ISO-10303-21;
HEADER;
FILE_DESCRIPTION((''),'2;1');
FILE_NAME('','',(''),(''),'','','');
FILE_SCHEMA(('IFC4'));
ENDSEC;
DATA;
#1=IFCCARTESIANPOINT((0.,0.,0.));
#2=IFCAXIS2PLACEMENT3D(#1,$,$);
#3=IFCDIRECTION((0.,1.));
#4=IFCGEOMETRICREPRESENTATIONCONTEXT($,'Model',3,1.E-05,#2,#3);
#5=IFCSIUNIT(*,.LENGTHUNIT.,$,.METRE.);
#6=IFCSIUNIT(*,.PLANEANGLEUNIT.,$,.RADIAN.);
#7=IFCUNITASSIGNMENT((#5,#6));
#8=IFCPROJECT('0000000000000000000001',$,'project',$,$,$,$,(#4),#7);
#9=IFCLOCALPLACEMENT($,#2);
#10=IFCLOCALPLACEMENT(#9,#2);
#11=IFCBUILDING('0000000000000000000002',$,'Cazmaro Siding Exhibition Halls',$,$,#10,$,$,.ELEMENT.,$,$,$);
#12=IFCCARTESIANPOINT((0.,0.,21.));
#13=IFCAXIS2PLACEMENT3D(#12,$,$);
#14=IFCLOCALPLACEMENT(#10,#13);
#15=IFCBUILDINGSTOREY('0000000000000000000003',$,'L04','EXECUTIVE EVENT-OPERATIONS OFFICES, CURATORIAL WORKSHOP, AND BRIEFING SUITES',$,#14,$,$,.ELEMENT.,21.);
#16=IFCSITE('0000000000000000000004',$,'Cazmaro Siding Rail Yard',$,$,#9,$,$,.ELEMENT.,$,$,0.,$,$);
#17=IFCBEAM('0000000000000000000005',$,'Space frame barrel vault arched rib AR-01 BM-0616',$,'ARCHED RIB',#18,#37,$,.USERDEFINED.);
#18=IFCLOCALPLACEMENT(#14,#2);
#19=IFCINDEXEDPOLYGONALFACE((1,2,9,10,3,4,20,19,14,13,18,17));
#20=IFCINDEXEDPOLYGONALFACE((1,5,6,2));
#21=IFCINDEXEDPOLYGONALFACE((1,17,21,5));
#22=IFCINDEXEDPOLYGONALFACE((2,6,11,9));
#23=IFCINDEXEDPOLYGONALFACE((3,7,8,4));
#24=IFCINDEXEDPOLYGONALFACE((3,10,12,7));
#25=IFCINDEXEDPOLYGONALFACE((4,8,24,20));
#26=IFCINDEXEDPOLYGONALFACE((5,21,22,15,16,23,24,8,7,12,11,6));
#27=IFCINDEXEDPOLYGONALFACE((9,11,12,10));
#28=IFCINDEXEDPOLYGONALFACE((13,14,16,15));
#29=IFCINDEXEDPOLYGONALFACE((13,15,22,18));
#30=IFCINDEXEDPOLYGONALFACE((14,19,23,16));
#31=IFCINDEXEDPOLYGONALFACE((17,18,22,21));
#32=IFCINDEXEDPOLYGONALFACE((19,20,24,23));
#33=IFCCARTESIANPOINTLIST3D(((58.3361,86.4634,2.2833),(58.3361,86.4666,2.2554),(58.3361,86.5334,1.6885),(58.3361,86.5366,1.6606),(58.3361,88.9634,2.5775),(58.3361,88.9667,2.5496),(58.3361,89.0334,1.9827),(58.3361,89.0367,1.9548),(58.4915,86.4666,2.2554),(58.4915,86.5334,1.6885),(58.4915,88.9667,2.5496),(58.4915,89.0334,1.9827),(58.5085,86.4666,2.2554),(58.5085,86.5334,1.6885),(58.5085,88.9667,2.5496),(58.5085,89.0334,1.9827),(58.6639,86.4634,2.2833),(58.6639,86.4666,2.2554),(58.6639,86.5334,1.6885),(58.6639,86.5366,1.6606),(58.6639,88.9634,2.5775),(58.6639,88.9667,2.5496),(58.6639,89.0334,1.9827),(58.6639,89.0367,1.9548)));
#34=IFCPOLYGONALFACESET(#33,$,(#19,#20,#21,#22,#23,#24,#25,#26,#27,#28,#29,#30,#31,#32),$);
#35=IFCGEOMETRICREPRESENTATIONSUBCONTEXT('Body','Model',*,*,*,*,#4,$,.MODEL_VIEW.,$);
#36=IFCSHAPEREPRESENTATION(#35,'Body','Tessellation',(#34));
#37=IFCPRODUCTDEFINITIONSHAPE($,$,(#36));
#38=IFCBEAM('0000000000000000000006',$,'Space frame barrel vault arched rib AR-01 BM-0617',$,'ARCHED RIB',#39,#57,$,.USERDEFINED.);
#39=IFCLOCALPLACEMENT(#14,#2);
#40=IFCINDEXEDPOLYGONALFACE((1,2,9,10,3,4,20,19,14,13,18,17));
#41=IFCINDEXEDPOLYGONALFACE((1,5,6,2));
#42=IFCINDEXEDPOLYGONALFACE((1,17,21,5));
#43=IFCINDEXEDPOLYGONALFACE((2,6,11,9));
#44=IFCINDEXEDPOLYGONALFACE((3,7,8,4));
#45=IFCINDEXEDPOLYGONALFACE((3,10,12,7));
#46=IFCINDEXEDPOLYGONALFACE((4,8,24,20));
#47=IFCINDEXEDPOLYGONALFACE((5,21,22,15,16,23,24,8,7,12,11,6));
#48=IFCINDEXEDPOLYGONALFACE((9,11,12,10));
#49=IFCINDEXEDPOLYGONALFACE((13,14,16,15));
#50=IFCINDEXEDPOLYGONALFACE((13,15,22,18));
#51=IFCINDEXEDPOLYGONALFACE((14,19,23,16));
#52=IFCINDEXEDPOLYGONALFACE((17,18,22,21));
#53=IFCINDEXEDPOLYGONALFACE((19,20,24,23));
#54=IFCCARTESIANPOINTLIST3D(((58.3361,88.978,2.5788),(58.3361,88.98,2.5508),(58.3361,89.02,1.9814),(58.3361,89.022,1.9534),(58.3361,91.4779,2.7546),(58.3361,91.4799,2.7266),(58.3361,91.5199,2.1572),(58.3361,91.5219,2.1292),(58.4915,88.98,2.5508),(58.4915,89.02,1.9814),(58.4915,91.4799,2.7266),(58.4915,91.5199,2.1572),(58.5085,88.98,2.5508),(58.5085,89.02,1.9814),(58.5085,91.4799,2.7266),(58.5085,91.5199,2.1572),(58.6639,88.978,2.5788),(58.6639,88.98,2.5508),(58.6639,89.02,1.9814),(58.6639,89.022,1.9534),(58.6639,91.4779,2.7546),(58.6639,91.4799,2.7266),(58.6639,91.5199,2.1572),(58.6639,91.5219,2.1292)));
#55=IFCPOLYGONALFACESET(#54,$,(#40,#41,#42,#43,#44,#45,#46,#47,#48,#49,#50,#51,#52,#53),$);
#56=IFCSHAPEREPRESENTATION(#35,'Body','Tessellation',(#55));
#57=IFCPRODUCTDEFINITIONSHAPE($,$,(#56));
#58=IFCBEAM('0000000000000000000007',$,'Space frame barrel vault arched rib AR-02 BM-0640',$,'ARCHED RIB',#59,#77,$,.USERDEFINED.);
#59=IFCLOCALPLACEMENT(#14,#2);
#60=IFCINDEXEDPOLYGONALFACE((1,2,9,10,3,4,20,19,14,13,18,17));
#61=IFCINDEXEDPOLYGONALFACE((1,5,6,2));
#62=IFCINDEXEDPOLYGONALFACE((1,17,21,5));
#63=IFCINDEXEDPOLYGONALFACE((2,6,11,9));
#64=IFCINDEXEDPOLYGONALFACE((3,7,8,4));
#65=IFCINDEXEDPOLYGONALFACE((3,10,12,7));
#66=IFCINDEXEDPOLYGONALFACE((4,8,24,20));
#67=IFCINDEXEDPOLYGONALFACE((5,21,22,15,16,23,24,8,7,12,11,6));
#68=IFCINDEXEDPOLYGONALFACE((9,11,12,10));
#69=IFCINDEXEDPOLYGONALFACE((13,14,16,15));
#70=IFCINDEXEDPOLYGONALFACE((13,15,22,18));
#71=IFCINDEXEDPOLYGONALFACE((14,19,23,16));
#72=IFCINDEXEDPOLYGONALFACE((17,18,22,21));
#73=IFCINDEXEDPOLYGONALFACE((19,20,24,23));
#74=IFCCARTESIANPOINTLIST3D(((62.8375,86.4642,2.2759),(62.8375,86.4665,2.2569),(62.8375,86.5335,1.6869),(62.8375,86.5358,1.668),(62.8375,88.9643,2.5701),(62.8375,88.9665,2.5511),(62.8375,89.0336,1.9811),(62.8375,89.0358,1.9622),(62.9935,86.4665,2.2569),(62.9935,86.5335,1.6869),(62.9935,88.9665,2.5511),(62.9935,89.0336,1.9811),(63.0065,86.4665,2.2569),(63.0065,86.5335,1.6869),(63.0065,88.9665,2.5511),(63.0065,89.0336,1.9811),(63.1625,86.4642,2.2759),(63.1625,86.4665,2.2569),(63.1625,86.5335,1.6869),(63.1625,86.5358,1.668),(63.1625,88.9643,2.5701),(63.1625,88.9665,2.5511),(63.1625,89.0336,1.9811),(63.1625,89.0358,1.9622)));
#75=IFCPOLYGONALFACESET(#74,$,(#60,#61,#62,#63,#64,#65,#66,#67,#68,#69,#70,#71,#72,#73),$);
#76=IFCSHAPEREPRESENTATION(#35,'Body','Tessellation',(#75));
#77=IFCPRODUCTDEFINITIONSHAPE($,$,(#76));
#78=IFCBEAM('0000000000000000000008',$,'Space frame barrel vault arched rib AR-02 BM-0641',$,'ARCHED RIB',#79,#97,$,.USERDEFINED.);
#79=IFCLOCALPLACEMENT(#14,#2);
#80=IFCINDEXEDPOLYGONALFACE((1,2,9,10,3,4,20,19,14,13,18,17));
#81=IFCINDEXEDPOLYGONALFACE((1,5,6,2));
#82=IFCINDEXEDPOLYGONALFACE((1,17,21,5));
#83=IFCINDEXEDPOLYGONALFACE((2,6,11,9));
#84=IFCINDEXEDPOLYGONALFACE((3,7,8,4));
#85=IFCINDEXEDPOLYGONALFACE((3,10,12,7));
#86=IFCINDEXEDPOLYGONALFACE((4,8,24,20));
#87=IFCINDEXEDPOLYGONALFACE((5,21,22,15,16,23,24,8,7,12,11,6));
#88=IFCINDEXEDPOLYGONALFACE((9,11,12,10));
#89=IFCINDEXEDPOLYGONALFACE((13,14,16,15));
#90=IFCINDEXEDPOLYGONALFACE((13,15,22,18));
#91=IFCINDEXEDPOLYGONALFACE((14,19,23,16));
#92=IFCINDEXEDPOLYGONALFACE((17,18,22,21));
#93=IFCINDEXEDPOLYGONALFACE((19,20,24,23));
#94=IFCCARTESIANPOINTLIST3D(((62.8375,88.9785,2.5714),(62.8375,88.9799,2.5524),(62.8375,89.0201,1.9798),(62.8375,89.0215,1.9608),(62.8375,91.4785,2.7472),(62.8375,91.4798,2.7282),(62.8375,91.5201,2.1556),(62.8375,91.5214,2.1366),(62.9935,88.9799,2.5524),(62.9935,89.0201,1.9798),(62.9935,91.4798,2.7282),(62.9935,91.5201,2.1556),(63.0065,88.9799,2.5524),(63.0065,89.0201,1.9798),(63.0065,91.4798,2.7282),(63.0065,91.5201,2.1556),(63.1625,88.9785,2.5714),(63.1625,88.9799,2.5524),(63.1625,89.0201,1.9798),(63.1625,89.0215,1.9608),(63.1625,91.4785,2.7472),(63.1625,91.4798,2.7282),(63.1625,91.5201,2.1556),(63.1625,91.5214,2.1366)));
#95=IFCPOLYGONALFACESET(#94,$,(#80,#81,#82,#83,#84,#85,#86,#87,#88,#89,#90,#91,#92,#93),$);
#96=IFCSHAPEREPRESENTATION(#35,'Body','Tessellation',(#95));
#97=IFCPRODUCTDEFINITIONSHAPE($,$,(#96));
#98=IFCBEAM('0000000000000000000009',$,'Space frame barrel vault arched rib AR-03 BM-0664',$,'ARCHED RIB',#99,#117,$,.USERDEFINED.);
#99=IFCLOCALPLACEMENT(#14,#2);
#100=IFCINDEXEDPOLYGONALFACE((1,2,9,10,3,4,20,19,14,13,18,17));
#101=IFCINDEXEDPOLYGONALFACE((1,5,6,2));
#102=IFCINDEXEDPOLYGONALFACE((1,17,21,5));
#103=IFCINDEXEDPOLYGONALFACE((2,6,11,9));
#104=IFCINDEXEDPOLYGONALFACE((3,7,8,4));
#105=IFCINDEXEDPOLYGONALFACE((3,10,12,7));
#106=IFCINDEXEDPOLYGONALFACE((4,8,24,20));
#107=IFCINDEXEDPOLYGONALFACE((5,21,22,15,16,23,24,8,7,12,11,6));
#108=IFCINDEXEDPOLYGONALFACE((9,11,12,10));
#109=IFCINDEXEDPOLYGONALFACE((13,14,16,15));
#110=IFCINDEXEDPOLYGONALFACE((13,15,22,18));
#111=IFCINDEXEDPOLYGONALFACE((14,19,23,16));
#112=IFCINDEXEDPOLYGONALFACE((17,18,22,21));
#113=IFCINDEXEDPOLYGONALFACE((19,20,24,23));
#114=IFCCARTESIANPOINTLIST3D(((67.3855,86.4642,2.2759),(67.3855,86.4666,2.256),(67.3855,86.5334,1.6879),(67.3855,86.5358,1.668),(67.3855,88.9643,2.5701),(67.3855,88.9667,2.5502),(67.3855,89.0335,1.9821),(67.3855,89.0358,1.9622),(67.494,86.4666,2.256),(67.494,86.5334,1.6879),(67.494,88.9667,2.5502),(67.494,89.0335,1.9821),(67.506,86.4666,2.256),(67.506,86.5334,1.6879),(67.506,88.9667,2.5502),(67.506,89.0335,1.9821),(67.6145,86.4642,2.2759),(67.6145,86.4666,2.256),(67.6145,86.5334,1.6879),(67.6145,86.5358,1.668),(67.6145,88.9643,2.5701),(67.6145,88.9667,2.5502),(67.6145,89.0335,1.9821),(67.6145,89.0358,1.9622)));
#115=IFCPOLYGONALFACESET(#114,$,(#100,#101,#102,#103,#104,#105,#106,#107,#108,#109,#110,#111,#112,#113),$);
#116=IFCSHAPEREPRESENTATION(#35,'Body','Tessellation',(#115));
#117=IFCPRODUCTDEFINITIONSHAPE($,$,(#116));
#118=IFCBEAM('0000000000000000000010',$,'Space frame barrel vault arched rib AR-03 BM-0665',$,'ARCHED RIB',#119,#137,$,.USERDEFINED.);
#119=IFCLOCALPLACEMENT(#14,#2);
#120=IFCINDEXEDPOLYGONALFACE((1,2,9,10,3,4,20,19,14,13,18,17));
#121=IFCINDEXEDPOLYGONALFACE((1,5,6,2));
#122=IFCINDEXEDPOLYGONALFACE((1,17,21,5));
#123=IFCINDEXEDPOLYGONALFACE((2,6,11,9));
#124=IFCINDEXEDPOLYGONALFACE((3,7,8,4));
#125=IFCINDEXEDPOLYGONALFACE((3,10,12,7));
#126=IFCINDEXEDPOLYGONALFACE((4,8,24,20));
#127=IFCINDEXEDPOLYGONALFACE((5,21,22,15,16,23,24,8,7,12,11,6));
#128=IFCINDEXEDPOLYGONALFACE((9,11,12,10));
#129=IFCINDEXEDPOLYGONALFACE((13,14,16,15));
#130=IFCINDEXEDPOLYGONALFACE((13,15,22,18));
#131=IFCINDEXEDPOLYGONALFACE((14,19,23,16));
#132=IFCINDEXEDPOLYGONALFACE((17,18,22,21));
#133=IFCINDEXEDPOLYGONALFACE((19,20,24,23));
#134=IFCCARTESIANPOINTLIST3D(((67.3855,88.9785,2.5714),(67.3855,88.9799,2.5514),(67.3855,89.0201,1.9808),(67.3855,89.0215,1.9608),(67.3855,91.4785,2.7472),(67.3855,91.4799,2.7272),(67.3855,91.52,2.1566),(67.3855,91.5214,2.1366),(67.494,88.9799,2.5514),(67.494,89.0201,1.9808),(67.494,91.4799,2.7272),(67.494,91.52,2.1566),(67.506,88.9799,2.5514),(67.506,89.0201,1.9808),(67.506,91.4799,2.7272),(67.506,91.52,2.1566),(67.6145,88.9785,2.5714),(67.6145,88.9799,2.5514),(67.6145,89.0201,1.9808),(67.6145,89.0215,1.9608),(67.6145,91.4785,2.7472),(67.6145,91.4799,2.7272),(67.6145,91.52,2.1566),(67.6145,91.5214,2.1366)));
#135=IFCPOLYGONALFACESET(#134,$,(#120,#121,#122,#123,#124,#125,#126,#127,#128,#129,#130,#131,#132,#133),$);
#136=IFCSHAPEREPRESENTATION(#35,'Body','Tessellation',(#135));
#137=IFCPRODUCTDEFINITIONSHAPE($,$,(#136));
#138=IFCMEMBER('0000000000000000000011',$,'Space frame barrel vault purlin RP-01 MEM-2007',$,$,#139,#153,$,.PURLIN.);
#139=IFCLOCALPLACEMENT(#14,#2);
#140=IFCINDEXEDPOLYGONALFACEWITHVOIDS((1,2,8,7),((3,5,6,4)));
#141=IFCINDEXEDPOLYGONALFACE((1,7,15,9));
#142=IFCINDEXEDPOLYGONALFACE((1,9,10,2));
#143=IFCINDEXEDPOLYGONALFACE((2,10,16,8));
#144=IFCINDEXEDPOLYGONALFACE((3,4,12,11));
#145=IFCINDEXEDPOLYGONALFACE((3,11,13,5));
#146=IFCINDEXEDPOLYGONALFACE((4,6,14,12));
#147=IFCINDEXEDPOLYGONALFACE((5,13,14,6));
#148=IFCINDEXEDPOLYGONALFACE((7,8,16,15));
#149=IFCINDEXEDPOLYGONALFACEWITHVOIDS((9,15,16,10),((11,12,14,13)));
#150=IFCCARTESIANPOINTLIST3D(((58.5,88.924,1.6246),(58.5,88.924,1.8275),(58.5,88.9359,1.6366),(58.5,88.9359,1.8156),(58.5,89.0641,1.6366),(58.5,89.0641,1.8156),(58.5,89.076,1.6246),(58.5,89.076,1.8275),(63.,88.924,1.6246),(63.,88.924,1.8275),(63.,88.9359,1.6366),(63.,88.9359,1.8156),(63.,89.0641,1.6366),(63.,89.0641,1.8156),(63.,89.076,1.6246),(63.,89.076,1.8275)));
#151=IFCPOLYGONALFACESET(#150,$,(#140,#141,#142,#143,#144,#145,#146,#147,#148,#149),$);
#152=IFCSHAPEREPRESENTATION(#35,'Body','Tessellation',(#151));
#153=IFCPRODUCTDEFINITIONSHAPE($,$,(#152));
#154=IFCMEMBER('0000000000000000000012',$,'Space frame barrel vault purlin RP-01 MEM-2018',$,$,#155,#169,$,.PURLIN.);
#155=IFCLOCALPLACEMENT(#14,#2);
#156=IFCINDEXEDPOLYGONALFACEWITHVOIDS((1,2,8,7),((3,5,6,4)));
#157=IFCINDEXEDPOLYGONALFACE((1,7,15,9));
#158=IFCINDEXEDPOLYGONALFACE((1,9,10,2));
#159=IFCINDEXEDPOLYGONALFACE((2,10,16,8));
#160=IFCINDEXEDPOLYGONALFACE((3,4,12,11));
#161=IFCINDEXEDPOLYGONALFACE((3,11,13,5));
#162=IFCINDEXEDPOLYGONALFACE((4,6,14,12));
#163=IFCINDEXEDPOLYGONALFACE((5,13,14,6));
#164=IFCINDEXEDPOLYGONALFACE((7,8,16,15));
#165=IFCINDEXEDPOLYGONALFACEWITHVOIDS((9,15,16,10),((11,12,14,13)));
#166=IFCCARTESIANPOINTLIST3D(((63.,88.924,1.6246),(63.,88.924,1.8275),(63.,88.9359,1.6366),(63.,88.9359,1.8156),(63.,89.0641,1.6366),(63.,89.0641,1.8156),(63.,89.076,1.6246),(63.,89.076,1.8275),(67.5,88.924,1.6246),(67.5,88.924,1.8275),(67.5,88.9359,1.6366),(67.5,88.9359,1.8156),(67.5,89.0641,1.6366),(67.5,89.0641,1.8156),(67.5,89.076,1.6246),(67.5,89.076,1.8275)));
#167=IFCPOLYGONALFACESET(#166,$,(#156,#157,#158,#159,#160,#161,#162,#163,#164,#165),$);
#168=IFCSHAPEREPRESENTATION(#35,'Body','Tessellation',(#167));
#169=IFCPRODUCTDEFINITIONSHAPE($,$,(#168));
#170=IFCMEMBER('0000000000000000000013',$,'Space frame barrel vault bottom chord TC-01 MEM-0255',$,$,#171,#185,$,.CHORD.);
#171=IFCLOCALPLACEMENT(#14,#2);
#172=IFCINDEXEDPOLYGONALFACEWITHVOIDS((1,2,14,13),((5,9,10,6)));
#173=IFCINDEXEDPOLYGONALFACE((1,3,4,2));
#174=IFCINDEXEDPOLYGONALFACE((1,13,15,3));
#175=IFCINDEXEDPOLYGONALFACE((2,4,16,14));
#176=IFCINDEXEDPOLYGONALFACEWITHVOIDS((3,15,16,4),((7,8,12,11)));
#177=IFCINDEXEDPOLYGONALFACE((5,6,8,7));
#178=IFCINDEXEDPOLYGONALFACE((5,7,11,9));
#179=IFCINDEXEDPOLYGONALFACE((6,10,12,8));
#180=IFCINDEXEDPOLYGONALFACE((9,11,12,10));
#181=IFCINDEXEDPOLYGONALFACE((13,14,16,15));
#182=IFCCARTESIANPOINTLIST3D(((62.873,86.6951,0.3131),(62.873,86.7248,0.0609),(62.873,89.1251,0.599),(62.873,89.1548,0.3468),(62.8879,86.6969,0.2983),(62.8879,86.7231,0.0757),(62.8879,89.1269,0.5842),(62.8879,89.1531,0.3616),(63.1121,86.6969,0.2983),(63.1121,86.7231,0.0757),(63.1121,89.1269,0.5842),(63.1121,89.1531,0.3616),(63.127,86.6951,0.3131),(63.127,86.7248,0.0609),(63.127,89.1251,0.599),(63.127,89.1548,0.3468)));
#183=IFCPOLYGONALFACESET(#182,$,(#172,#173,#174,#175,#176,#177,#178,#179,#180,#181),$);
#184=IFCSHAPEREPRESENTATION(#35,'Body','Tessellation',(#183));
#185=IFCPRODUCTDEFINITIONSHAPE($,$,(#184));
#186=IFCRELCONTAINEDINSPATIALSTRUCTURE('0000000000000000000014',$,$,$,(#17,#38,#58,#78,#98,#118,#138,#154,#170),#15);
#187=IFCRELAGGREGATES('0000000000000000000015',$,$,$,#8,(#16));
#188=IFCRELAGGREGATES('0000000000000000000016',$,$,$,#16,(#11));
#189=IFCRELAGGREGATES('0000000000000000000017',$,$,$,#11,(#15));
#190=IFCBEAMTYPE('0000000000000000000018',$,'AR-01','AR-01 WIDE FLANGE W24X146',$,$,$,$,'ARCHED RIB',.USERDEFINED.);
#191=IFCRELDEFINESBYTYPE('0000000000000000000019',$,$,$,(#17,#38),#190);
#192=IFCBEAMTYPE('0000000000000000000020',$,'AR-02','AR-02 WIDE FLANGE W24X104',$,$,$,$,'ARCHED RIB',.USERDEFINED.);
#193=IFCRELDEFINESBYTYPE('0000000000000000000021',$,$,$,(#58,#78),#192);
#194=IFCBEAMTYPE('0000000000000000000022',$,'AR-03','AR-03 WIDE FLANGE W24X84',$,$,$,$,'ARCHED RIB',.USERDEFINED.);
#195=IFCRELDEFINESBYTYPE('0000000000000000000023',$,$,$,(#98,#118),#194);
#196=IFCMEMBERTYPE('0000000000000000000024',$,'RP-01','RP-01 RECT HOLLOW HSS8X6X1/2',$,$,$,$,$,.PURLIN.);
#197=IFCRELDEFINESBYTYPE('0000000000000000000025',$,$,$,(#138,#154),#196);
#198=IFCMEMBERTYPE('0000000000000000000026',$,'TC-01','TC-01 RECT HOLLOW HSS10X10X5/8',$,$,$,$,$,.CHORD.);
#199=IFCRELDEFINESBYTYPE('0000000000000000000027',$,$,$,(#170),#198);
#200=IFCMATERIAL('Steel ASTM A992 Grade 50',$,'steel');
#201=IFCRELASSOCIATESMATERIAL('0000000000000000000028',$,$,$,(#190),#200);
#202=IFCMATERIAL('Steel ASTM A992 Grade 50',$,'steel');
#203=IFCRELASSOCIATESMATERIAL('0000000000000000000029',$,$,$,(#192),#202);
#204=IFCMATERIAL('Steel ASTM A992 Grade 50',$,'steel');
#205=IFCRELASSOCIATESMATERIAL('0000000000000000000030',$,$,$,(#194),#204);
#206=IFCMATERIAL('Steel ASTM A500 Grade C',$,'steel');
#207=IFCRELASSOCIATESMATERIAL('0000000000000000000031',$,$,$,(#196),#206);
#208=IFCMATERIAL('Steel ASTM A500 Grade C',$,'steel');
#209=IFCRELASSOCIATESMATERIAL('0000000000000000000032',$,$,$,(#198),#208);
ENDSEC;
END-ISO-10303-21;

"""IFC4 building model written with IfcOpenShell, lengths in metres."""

from ifc_helpers import new_model, si_unit, direction, frame, origin, origin_2d, place, context, subcontext, project, spatial, hollow_rectangle, i_section, extrude, material, material_profile, profile_set, type_object, element, save


model = new_model("IFC4")

# Units and contexts
model_context = context("Model", 3, precision=1e-05, world=origin(), true_north=direction((0.0, 1.0)))
body_context = subcontext(model_context, "Body", "Model", "MODEL_VIEW")
ifc_project = project(units=[si_unit("LENGTHUNIT", "METRE"), si_unit("PLANEANGLEUNIT", "RADIAN")], contexts=[model_context])

# Site, building, storey
site_placement = place(None, origin())
site = spatial("IfcSite", under=ifc_project, at=site_placement, Name="Cazmaro Siding Rail Yard", CompositionType="ELEMENT", RefElevation=0.0)
building_placement = place(site_placement, origin())
building = spatial("IfcBuilding", under=site, at=building_placement, Name="Cazmaro Siding Exhibition Halls", CompositionType="ELEMENT")
storey_placement = place(building_placement, frame((0.0, 0.0, 21.0)))
storey = spatial("IfcBuildingStorey", under=building, at=storey_placement, Name="L04", Description="EXECUTIVE EVENT-OPERATIONS OFFICES, CURATORIAL WORKSHOP, AND BRIEFING SUITES", CompositionType="ELEMENT", Elevation=21.0)

# Beams
ifc_material_1 = material(Name="Steel ASTM A992 Grade 50", Category="steel")
ifc_material_profile_1 = material_profile(ifc_material_1, i_section(OverallWidth=0.3279, OverallDepth=0.627, WebThickness=0.0171, FlangeThickness=0.0281, at=origin_2d()), Name="W24X146")
ifc_profile_set_1 = profile_set([ifc_material_profile_1], Name="Steel ASTM A992 Grade 50")
beam_type_1 = type_object("IfcBeamType", Name="AR-01", Description="AR-01 WIDE FLANGE W24X146", ElementType="ARCHED RIB", PredefinedType="USERDEFINED", material=ifc_profile_set_1)
beam_1_placement = place(storey_placement, frame((58.5, 86.5, 1.9719), z_axis=(0.0, 0.993147, 0.116869), x_axis=(-1.0, 0.0, 0.0)))
element("IfcBeam", 1, at=beam_1_placement, inside=storey, type_object=beam_type_1, Name="Space frame barrel vault arched rib AR-01 BM-0616", ObjectType="ARCHED RIB", PredefinedType="USERDEFINED", context=body_context, shape_type="SweptSolid", body=[
    extrude(i_section(OverallWidth=0.3279, OverallDepth=0.627, WebThickness=0.0171, FlangeThickness=0.0281, at=origin_2d()), origin(), (0.0, 0.0, 1.0), 2.5173),
])
beam_2_placement = place(storey_placement, frame((58.5, 89.0, 2.2661), z_axis=(0.0, 0.997537, 0.070139), x_axis=(-1.0, 0.0, 0.0)))
element("IfcBeam", 2, at=beam_2_placement, inside=storey, type_object=beam_type_1, Name="Space frame barrel vault arched rib AR-01 BM-0617", ObjectType="ARCHED RIB", PredefinedType="USERDEFINED", context=body_context, shape_type="SweptSolid", body=[
    extrude(i_section(OverallWidth=0.3279, OverallDepth=0.627, WebThickness=0.0171, FlangeThickness=0.0281, at=origin_2d()), origin(), (0.0, 0.0, 1.0), 2.5061),
])
ifc_material_2 = material(Name="Steel ASTM A992 Grade 50", Category="steel")
ifc_material_profile_2 = material_profile(ifc_material_2, i_section(OverallWidth=0.325, OverallDepth=0.6121, WebThickness=0.0129, FlangeThickness=0.019, at=origin_2d()), Name="W24X104")
ifc_profile_set_2 = profile_set([ifc_material_profile_2], Name="Steel ASTM A992 Grade 50")
beam_type_2 = type_object("IfcBeamType", Name="AR-02", Description="AR-02 WIDE FLANGE W24X104", ElementType="ARCHED RIB", PredefinedType="USERDEFINED", material=ifc_profile_set_2)
beam_3_placement = place(storey_placement, frame((63.0, 86.5, 1.9719), z_axis=(0.0, 0.993147, 0.116869), x_axis=(-1.0, 0.0, 0.0)))
element("IfcBeam", 3, at=beam_3_placement, inside=storey, type_object=beam_type_2, Name="Space frame barrel vault arched rib AR-02 BM-0640", ObjectType="ARCHED RIB", PredefinedType="USERDEFINED", context=body_context, shape_type="SweptSolid", body=[
    extrude(i_section(OverallWidth=0.325, OverallDepth=0.6121, WebThickness=0.0129, FlangeThickness=0.019, at=origin_2d()), origin(), (0.0, 0.0, 1.0), 2.5173),
])
beam_4_placement = place(storey_placement, frame((63.0, 89.0, 2.2661), z_axis=(0.0, 0.997537, 0.070139), x_axis=(-1.0, 0.0, 0.0)))
element("IfcBeam", 4, at=beam_4_placement, inside=storey, type_object=beam_type_2, Name="Space frame barrel vault arched rib AR-02 BM-0641", ObjectType="ARCHED RIB", PredefinedType="USERDEFINED", context=body_context, shape_type="SweptSolid", body=[
    extrude(i_section(OverallWidth=0.325, OverallDepth=0.6121, WebThickness=0.0129, FlangeThickness=0.019, at=origin_2d()), origin(), (0.0, 0.0, 1.0), 2.5061),
])
ifc_material_3 = material(Name="Steel ASTM A992 Grade 50", Category="steel")
ifc_material_profile_3 = material_profile(ifc_material_3, i_section(OverallWidth=0.229, OverallDepth=0.6121, WebThickness=0.012, FlangeThickness=0.02, at=origin_2d()), Name="W24X84")
ifc_profile_set_3 = profile_set([ifc_material_profile_3], Name="Steel ASTM A992 Grade 50")
beam_type_3 = type_object("IfcBeamType", Name="AR-03", Description="AR-03 WIDE FLANGE W24X84", ElementType="ARCHED RIB", PredefinedType="USERDEFINED", material=ifc_profile_set_3)
beam_5_placement = place(storey_placement, frame((67.5, 86.5, 1.9719), z_axis=(0.0, 0.993147, 0.116869), x_axis=(-1.0, 0.0, 0.0)))
element("IfcBeam", 5, at=beam_5_placement, inside=storey, type_object=beam_type_3, Name="Space frame barrel vault arched rib AR-03 BM-0664", ObjectType="ARCHED RIB", PredefinedType="USERDEFINED", context=body_context, shape_type="SweptSolid", body=[
    extrude(i_section(OverallWidth=0.229, OverallDepth=0.6121, WebThickness=0.012, FlangeThickness=0.02, at=origin_2d()), origin(), (0.0, 0.0, 1.0), 2.5173),
])
beam_6_placement = place(storey_placement, frame((67.5, 89.0, 2.2661), z_axis=(0.0, 0.997537, 0.070139), x_axis=(-1.0, 0.0, 0.0)))
element("IfcBeam", 6, at=beam_6_placement, inside=storey, type_object=beam_type_3, Name="Space frame barrel vault arched rib AR-03 BM-0665", ObjectType="ARCHED RIB", PredefinedType="USERDEFINED", context=body_context, shape_type="SweptSolid", body=[
    extrude(i_section(OverallWidth=0.229, OverallDepth=0.6121, WebThickness=0.012, FlangeThickness=0.02, at=origin_2d()), origin(), (0.0, 0.0, 1.0), 2.5061),
])

# Members
ifc_material_4 = material(Name="Steel ASTM A500 Grade C", Category="steel")
ifc_material_profile_4 = material_profile(ifc_material_4, hollow_rectangle(XDim=0.1521, YDim=0.2029, WallThickness=0.012, at=origin_2d()), Name="HSS8X6X1/2")
ifc_profile_set_4 = profile_set([ifc_material_profile_4], Name="Steel ASTM A500 Grade C")
member_type_1 = type_object("IfcMemberType", Name="RP-01", Description="RP-01 RECT HOLLOW HSS8X6X1/2", PredefinedType="PURLIN", material=ifc_profile_set_4)
for number, where, z_axis, x_axis, name in (
    (7, (58.5, 89.0, 1.7261), (1.0, 0.0, 0.0), (0.0, 1.0, 0.0), "Space frame barrel vault purlin RP-01 MEM-2007"),
    (8, (63.0, 89.0, 1.7261), (1.0, 0.0, 0.0), (0.0, 1.0, 0.0), "Space frame barrel vault purlin RP-01 MEM-2018"),
):
    element("IfcMember", number, at=place(storey_placement, frame(where, z_axis=z_axis, x_axis=x_axis)), inside=storey, type_object=member_type_1, Name=name, PredefinedType="PURLIN", context=body_context, shape_type="SweptSolid", body=[
        extrude(hollow_rectangle(XDim=0.1521, YDim=0.2029, WallThickness=0.012, at=origin_2d()), origin(), (0.0, 0.0, 1.0), 4.5),
    ])
ifc_material_5 = material(Name="Steel ASTM A500 Grade C", Category="steel")
ifc_material_profile_5 = material_profile(ifc_material_5, hollow_rectangle(XDim=0.2539, YDim=0.2539, WallThickness=0.0149, at=origin_2d()), Name="HSS10X10X5/8")
ifc_profile_set_5 = profile_set([ifc_material_profile_5], Name="Steel ASTM A500 Grade C")
member_type_2 = type_object("IfcMemberType", Name="TC-01", Description="TC-01 RECT HOLLOW HSS10X10X5/8", PredefinedType="CHORD", material=ifc_profile_set_5)
member_1_placement = place(storey_placement, frame((63.0, 86.71, 0.187), z_axis=(0.0, 0.99315, 0.116847), x_axis=(-1.0, 0.0, 0.0)))
element("IfcMember", 9, at=member_1_placement, inside=storey, type_object=member_type_2, Name="Space frame barrel vault bottom chord TC-01 MEM-0255", PredefinedType="CHORD", context=body_context, shape_type="SweptSolid", body=[
    extrude(hollow_rectangle(XDim=0.2539, YDim=0.2539, WallThickness=0.0149, at=origin_2d()), origin(), (0.0, 0.0, 1.0), 2.4468),
])

save(model, "model.ifc")
